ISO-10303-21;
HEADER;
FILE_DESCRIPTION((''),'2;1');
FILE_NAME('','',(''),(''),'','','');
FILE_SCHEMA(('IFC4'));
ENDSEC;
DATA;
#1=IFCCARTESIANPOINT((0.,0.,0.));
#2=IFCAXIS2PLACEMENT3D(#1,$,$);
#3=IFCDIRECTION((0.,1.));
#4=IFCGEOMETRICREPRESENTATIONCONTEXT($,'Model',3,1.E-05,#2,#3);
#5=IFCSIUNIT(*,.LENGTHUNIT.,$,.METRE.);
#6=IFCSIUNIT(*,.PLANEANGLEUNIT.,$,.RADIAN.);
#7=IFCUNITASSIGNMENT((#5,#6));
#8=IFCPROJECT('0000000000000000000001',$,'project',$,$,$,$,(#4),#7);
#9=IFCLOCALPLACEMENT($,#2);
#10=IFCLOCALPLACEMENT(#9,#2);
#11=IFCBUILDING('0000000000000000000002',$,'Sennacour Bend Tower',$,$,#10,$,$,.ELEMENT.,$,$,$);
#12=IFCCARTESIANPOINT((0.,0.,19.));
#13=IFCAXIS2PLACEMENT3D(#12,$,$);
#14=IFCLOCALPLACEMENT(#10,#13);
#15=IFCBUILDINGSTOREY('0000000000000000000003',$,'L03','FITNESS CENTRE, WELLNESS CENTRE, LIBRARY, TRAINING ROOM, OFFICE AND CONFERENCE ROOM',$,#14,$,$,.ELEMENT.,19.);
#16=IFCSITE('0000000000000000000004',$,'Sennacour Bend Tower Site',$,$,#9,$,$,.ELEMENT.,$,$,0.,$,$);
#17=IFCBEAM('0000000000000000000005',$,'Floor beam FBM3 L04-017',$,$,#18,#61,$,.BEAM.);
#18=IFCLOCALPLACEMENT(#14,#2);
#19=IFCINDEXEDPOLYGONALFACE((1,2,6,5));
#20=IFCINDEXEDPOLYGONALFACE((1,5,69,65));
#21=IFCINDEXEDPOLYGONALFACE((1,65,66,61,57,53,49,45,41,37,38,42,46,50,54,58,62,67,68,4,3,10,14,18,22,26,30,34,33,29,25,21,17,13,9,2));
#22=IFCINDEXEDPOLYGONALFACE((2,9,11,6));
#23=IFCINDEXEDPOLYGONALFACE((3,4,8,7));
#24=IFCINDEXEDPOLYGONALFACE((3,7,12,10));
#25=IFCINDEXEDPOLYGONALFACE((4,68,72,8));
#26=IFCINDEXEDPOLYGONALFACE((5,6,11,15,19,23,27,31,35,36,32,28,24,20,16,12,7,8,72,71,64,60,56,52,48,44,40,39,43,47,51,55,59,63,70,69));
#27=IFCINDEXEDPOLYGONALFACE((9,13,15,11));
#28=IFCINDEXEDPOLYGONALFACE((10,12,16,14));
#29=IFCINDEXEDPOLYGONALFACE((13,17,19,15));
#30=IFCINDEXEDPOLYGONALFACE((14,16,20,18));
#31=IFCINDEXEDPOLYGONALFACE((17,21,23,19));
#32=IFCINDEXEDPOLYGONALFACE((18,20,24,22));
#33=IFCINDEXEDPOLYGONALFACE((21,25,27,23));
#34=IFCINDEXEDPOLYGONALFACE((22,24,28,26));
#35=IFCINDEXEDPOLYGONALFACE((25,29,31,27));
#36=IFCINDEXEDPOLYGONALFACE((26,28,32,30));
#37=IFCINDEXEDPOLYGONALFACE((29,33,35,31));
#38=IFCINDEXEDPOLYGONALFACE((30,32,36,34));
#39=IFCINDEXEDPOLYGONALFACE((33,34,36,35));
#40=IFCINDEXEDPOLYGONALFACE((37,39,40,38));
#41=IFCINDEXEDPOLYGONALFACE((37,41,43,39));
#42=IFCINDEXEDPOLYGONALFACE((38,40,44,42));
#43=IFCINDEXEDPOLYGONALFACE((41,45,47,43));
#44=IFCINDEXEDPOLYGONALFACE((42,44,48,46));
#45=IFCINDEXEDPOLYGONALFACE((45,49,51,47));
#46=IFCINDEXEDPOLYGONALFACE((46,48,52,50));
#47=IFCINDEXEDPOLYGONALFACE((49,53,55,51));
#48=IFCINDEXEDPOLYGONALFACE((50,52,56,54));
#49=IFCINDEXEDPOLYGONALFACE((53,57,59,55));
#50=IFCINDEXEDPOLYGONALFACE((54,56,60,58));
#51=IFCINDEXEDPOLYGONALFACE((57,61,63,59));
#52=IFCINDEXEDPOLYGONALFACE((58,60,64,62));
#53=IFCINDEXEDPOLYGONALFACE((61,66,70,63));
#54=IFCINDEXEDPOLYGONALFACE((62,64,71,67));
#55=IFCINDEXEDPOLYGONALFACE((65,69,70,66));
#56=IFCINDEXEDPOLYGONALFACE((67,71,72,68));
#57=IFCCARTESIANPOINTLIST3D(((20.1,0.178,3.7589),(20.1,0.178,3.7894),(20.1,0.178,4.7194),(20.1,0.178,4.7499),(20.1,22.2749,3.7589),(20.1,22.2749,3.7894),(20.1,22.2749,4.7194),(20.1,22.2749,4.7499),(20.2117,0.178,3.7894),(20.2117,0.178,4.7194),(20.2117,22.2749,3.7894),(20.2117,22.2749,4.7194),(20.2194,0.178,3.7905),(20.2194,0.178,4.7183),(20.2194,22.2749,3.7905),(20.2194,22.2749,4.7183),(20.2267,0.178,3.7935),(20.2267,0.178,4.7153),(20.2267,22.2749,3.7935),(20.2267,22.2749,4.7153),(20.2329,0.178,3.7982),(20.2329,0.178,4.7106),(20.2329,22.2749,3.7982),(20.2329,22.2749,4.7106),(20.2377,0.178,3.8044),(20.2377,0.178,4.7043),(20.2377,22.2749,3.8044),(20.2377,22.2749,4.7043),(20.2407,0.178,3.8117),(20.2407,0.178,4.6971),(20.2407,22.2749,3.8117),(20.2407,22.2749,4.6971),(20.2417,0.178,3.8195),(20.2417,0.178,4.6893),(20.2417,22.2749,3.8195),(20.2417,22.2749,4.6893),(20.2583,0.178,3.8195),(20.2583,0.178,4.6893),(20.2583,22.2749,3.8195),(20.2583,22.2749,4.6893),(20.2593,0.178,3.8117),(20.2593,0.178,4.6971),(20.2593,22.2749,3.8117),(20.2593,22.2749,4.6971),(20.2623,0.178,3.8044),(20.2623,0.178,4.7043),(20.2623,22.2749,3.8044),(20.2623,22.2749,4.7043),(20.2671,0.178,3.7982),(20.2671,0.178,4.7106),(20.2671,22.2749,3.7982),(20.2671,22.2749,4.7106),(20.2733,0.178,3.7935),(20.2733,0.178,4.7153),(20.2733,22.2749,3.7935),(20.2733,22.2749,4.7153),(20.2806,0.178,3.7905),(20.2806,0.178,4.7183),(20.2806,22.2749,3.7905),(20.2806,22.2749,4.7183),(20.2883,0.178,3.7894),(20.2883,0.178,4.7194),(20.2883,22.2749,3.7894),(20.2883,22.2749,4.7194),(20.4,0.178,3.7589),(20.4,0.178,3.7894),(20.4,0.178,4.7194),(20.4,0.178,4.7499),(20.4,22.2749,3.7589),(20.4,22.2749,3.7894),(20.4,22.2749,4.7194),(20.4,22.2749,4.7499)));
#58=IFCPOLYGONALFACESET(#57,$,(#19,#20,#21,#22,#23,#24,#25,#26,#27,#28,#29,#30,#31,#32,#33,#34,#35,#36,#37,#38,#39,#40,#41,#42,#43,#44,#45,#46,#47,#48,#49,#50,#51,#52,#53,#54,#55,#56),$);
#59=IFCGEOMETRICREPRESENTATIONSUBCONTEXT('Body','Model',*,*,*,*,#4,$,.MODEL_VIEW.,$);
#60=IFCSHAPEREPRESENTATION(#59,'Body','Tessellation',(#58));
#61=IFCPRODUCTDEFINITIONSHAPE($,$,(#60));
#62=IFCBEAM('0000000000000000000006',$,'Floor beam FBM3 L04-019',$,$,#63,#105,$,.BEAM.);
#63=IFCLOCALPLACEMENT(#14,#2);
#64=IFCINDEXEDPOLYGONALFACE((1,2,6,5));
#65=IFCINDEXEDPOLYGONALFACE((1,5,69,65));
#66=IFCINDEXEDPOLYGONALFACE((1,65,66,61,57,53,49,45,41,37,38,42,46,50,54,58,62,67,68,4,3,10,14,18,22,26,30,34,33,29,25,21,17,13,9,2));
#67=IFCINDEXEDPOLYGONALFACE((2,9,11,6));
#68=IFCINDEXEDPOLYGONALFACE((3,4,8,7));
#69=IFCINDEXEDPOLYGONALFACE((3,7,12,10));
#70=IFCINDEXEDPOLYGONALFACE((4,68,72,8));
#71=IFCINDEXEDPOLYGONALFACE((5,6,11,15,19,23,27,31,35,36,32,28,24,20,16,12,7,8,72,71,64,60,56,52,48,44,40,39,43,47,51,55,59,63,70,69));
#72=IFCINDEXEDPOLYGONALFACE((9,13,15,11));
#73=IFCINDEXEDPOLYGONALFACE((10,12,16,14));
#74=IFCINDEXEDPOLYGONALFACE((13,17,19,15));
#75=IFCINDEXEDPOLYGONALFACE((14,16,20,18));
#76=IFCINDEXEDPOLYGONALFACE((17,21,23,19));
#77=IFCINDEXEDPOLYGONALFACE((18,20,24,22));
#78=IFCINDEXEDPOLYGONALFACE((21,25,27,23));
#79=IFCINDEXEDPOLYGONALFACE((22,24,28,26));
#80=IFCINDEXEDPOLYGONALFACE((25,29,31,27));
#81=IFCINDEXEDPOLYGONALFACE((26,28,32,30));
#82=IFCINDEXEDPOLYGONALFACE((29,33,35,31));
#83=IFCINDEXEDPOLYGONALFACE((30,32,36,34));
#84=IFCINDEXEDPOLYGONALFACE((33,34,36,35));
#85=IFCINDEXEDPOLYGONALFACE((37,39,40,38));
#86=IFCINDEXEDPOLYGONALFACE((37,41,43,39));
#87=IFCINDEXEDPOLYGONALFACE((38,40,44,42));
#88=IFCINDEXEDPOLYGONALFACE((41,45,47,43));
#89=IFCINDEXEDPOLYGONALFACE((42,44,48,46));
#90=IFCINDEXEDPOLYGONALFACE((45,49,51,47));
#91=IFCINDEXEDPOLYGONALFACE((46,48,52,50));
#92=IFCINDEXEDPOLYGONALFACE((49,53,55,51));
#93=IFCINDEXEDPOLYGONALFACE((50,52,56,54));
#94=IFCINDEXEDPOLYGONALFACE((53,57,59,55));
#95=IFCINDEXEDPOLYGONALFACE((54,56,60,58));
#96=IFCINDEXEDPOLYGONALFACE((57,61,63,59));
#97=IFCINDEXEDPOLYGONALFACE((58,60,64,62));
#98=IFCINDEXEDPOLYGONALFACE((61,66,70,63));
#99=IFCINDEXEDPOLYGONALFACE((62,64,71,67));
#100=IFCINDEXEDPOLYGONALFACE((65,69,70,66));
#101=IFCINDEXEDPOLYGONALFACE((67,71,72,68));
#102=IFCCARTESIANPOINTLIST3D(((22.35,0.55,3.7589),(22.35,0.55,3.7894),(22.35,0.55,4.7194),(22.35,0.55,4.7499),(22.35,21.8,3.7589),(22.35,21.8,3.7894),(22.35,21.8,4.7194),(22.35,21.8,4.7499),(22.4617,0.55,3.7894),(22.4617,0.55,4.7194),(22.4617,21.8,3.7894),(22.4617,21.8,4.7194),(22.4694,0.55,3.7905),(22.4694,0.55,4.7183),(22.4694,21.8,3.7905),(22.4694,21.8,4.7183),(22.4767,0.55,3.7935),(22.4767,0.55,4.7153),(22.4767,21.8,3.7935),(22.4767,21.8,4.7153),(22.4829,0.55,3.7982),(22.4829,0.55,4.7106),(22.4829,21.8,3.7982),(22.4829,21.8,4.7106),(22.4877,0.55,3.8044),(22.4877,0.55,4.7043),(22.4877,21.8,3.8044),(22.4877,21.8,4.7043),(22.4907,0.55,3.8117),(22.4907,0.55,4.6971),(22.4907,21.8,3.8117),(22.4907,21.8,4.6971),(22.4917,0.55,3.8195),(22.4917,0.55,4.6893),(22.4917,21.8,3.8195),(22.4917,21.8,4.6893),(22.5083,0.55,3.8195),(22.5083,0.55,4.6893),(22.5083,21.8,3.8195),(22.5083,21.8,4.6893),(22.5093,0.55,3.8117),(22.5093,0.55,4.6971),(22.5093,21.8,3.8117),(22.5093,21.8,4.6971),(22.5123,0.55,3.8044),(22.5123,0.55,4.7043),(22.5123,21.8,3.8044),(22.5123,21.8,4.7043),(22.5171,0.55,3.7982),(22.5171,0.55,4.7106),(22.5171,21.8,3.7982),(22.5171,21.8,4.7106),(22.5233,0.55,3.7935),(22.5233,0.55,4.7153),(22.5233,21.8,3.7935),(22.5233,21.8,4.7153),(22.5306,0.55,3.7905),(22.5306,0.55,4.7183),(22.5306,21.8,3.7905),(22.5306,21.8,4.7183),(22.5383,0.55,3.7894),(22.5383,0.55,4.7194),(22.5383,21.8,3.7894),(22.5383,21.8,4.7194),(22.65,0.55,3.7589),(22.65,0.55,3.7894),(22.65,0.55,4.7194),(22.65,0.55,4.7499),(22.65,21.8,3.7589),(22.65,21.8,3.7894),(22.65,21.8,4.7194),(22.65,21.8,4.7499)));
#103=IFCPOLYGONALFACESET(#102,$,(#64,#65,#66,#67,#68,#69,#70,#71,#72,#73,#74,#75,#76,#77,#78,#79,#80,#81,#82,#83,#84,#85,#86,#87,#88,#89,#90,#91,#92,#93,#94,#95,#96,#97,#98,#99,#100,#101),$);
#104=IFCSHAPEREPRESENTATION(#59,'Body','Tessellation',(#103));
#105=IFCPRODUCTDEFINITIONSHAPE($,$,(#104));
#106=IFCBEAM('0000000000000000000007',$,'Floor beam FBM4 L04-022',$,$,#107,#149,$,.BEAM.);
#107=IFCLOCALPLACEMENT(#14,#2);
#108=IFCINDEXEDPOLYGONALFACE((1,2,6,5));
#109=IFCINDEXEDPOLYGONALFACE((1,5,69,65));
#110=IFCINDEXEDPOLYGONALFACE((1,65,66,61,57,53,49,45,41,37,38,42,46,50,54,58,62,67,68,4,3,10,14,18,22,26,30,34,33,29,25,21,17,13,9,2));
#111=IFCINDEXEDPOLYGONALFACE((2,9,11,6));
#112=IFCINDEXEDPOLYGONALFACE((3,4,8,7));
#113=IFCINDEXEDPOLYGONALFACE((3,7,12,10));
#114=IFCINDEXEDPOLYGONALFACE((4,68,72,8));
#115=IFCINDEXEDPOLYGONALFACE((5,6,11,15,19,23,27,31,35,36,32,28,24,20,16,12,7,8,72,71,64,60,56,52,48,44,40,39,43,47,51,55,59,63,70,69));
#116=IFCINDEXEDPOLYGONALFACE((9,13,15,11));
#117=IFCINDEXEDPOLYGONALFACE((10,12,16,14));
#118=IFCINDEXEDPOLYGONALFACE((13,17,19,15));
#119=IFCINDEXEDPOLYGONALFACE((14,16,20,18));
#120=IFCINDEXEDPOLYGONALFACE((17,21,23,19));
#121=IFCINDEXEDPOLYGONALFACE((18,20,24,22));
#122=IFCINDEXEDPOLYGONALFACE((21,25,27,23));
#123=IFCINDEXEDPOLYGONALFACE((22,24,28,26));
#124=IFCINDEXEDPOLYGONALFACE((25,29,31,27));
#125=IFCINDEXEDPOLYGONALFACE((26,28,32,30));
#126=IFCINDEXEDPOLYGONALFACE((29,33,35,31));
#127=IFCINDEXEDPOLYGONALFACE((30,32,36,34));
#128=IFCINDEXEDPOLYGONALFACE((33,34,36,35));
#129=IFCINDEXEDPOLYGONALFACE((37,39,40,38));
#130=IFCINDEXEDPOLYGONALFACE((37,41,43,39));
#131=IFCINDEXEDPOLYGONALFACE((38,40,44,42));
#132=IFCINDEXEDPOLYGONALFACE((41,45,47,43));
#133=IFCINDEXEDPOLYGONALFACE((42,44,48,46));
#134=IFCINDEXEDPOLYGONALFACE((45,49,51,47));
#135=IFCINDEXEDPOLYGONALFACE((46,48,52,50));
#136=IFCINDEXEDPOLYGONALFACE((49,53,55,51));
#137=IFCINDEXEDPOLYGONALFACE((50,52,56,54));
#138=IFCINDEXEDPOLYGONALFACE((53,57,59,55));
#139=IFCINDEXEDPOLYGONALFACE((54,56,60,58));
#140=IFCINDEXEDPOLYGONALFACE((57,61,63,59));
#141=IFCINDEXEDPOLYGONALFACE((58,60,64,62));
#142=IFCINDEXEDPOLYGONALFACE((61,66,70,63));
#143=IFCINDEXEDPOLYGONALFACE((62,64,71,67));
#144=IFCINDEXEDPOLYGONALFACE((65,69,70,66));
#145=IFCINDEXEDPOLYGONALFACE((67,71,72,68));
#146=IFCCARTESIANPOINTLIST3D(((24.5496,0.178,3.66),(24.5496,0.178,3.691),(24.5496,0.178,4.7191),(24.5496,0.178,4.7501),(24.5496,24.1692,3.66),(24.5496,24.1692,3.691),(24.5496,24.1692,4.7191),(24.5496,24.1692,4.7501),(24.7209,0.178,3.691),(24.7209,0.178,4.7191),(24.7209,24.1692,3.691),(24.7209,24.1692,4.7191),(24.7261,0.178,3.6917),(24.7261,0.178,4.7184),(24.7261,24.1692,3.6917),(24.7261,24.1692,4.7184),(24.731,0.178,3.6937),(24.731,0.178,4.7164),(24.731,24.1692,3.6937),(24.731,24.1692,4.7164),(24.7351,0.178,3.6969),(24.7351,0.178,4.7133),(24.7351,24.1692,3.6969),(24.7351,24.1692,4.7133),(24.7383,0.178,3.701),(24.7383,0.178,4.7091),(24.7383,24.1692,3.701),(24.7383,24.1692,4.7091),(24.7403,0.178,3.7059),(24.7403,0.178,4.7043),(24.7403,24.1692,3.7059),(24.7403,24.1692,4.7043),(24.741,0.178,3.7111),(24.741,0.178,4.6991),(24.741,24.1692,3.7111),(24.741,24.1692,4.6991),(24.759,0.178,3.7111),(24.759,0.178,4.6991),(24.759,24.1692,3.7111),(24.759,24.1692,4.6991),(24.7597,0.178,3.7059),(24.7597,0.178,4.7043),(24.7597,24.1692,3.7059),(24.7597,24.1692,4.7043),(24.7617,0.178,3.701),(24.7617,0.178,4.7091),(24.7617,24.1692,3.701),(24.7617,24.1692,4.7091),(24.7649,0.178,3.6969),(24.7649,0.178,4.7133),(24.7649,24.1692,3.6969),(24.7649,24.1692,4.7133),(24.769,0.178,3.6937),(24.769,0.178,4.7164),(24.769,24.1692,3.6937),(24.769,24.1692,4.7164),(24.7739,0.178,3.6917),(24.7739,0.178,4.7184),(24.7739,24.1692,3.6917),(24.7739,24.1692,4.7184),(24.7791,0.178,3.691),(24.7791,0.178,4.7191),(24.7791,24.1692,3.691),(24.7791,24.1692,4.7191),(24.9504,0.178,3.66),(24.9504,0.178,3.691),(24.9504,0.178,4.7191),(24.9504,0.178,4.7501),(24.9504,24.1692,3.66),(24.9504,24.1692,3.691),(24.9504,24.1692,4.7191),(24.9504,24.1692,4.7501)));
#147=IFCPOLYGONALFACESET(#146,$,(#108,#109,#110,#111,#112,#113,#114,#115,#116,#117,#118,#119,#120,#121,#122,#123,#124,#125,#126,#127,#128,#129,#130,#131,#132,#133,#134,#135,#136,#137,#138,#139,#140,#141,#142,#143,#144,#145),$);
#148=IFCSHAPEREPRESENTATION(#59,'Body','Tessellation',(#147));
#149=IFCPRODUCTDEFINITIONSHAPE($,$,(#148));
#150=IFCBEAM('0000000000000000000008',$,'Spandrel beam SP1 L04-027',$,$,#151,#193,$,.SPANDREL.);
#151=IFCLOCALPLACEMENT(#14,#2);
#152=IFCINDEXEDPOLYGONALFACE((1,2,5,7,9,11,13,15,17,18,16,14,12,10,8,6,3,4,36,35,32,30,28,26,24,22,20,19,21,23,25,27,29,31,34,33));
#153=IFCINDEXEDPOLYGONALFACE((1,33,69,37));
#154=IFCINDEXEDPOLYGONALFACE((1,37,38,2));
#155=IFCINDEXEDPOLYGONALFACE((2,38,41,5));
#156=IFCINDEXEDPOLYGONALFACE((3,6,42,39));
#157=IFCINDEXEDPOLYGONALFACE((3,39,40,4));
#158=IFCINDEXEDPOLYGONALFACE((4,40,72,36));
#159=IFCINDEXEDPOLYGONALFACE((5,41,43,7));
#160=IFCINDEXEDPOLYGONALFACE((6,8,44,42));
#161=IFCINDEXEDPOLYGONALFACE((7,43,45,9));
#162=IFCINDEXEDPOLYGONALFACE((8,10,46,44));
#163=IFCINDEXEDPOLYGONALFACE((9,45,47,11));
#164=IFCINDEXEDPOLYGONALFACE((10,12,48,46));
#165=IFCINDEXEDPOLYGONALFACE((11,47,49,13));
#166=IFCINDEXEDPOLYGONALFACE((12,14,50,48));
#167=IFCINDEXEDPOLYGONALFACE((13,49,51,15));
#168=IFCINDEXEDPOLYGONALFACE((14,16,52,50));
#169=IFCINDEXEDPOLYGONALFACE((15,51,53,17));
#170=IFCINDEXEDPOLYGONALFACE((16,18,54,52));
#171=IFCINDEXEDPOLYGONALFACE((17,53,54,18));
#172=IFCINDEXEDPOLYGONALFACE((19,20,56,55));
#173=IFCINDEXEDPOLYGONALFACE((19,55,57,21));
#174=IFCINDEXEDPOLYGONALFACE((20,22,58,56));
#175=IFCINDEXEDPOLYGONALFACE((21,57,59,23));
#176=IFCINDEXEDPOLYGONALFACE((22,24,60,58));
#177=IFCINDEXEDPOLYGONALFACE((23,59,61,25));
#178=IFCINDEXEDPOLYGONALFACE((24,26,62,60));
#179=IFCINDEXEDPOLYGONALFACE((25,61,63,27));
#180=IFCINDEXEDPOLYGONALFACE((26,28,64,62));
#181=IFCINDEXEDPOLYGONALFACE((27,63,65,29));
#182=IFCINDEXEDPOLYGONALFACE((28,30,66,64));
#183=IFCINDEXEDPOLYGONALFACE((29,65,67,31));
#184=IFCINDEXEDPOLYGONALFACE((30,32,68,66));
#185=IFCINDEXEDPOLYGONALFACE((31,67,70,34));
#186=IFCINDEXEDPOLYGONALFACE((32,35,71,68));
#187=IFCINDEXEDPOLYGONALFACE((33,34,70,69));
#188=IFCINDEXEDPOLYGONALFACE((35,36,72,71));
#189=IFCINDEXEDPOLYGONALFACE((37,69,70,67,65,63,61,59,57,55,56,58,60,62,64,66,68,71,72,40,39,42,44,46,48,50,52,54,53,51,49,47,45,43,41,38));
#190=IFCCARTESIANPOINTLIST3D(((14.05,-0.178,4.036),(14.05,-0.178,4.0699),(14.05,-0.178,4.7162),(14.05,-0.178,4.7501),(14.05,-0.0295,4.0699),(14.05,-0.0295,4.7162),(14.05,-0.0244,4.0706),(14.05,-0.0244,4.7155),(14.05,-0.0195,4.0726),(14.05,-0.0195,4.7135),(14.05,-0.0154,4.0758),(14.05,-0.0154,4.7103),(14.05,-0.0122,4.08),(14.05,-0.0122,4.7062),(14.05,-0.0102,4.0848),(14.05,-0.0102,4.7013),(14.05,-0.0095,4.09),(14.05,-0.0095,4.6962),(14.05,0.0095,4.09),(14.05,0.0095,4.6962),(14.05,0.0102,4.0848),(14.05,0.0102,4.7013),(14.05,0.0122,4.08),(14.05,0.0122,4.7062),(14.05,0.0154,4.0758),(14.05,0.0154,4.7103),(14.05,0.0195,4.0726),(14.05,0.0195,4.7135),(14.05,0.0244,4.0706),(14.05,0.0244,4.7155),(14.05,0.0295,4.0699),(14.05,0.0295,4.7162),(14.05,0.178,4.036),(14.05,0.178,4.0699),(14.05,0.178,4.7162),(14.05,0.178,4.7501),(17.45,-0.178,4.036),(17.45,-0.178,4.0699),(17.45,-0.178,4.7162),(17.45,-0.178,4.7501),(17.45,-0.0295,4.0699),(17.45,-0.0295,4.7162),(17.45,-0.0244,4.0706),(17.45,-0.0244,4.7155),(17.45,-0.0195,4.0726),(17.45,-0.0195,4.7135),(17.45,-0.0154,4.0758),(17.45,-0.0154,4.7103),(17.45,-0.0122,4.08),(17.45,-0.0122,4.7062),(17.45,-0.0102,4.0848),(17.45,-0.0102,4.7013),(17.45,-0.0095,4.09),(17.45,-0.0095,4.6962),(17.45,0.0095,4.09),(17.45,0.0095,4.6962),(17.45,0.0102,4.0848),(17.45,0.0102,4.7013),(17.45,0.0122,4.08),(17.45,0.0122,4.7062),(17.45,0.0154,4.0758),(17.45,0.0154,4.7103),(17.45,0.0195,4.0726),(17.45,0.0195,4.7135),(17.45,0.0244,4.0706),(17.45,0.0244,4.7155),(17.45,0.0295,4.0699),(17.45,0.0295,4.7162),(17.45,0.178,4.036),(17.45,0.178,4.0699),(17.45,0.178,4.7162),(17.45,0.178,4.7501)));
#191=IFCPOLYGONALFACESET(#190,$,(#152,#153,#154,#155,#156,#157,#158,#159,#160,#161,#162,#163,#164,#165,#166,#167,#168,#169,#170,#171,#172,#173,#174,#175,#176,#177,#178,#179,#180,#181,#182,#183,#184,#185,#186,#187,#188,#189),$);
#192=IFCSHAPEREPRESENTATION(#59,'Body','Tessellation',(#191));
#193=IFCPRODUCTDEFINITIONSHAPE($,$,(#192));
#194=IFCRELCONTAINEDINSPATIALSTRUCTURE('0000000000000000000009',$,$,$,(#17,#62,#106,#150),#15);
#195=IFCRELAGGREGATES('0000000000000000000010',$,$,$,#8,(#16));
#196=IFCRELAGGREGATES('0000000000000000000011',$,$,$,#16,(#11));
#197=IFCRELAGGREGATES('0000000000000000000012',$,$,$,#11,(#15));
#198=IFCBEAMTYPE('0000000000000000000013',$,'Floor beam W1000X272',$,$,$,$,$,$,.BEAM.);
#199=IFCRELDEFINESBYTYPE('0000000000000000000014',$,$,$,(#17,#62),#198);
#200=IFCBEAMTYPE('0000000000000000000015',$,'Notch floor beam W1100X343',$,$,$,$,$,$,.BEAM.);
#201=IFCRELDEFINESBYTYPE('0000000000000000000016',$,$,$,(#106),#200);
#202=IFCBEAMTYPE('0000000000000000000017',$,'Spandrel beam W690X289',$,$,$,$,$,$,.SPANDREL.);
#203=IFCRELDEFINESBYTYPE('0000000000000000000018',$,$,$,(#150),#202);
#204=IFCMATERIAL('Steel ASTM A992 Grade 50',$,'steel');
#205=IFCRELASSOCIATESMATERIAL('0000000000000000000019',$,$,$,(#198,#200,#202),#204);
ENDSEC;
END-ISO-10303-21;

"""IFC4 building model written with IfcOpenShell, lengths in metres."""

from ifc_helpers import new_model, si_unit, direction, frame, origin, origin_2d, place, context, subcontext, project, spatial, i_section, extrude, material, material_profile, profile_set, type_object, element, save


model = new_model("IFC4")

# Units and contexts
model_context = context("Model", 3, precision=1e-05, world=origin(), true_north=direction((0.0, 1.0)))
body_context = subcontext(model_context, "Body", "Model", "MODEL_VIEW")
ifc_project = project(units=[si_unit("LENGTHUNIT", "METRE"), si_unit("PLANEANGLEUNIT", "RADIAN")], contexts=[model_context])

# Site, building, storey
site_placement = place(None, origin())
site = spatial("IfcSite", under=ifc_project, at=site_placement, Name="Sennacour Bend Tower Site", CompositionType="ELEMENT", RefElevation=0.0)
building_placement = place(site_placement, origin())
building = spatial("IfcBuilding", under=site, at=building_placement, Name="Sennacour Bend Tower", CompositionType="ELEMENT")
storey_placement = place(building_placement, frame((0.0, 0.0, 19.0)))
storey = spatial("IfcBuildingStorey", under=building, at=storey_placement, Name="L03", Description="FITNESS CENTRE, WELLNESS CENTRE, LIBRARY, TRAINING ROOM, OFFICE AND CONFERENCE ROOM", CompositionType="ELEMENT", Elevation=19.0)

# Beams
ifc_material_1 = material(Name="Steel ASTM A992 Grade 50", Category="steel")
ifc_material_profile_1 = material_profile(ifc_material_1, i_section(OverallWidth=0.3, OverallDepth=0.991, WebThickness=0.0166, FlangeThickness=0.0305, FilletRadius=0.03, at=origin_2d()), Name="Steel ASTM A992 Grade 50", Category="steel")
ifc_profile_set_1 = profile_set([ifc_material_profile_1], Name="Steel ASTM A992 Grade 50")
beam_type_1 = type_object("IfcBeamType", Name="Floor beam W1000X272", PredefinedType="BEAM", material=ifc_profile_set_1)
beam_1_placement = place(storey_placement, frame((20.25, 0.178, 4.2544), z_axis=(0.0, 1.0, 0.0), x_axis=(-1.0, 0.0, 0.0)))
element("IfcBeam", 1, at=beam_1_placement, inside=storey, type_object=beam_type_1, Name="Floor beam FBM3 L04-017", PredefinedType="BEAM", context=body_context, shape_type="SweptSolid", body=[
    extrude(i_section(OverallWidth=0.3, OverallDepth=0.991, WebThickness=0.0166, FlangeThickness=0.0305, FilletRadius=0.03, at=origin_2d()), origin(), (0.0, 0.0, 1.0), 22.0969),
])
beam_2_placement = place(storey_placement, frame((22.5, 0.55, 4.2544), z_axis=(0.0, 1.0, 0.0), x_axis=(-1.0, 0.0, 0.0)))
element("IfcBeam", 2, at=beam_2_placement, inside=storey, type_object=beam_type_1, Name="Floor beam FBM3 L04-019", PredefinedType="BEAM", context=body_context, shape_type="SweptSolid", body=[
    extrude(i_section(OverallWidth=0.3, OverallDepth=0.991, WebThickness=0.0166, FlangeThickness=0.0305, FilletRadius=0.03, at=origin_2d()), origin(), (0.0, 0.0, 1.0), 21.25),
])
ifc_material_profile_2 = material_profile(ifc_material_1, i_section(OverallWidth=0.4009, OverallDepth=1.0901, WebThickness=0.0181, FlangeThickness=0.031, FilletRadius=0.02, at=origin_2d()), Name="Steel ASTM A992 Grade 50", Category="steel")
ifc_profile_set_2 = profile_set([ifc_material_profile_2], Name="Steel ASTM A992 Grade 50")
beam_type_2 = type_object("IfcBeamType", Name="Notch floor beam W1100X343", PredefinedType="BEAM", material=ifc_profile_set_2)
beam_3_placement = place(storey_placement, frame((24.75, 0.178, 4.2051), z_axis=(0.0, 1.0, 0.0), x_axis=(-1.0, 0.0, 0.0)))
element("IfcBeam", 3, at=beam_3_placement, inside=storey, type_object=beam_type_2, Name="Floor beam FBM4 L04-022", PredefinedType="BEAM", context=body_context, shape_type="SweptSolid", body=[
    extrude(i_section(OverallWidth=0.4009, OverallDepth=1.0901, WebThickness=0.0181, FlangeThickness=0.031, FilletRadius=0.02, at=origin_2d()), origin(), (0.0, 0.0, 1.0), 23.9912),
])
ifc_material_profile_3 = material_profile(ifc_material_1, i_section(OverallWidth=0.356, OverallDepth=0.7141, WebThickness=0.019, FlangeThickness=0.0339, FilletRadius=0.02, at=origin_2d()), Name="Steel ASTM A992 Grade 50", Category="steel")
ifc_profile_set_3 = profile_set([ifc_material_profile_3], Name="Steel ASTM A992 Grade 50")
beam_type_3 = type_object("IfcBeamType", Name="Spandrel beam W690X289", PredefinedType="SPANDREL", material=ifc_profile_set_3)
for number, where, z_axis, x_axis, name in (
    (4, (14.05, 0.0, 4.3931), (1.0, 0.0, 0.0), (0.0, 1.0, 0.0), "Spandrel beam SP1 L04-027"),
):
    element("IfcBeam", number, at=place(storey_placement, frame(where, z_axis=z_axis, x_axis=x_axis)), inside=storey, type_object=beam_type_3, Name=name, PredefinedType="SPANDREL", context=body_context, shape_type="SweptSolid", body=[
        extrude(i_section(OverallWidth=0.356, OverallDepth=0.7141, WebThickness=0.019, FlangeThickness=0.0339, FilletRadius=0.02, at=origin_2d()), origin(), (0.0, 0.0, 1.0), 3.3999),
    ])

save(model, "model.ifc")
